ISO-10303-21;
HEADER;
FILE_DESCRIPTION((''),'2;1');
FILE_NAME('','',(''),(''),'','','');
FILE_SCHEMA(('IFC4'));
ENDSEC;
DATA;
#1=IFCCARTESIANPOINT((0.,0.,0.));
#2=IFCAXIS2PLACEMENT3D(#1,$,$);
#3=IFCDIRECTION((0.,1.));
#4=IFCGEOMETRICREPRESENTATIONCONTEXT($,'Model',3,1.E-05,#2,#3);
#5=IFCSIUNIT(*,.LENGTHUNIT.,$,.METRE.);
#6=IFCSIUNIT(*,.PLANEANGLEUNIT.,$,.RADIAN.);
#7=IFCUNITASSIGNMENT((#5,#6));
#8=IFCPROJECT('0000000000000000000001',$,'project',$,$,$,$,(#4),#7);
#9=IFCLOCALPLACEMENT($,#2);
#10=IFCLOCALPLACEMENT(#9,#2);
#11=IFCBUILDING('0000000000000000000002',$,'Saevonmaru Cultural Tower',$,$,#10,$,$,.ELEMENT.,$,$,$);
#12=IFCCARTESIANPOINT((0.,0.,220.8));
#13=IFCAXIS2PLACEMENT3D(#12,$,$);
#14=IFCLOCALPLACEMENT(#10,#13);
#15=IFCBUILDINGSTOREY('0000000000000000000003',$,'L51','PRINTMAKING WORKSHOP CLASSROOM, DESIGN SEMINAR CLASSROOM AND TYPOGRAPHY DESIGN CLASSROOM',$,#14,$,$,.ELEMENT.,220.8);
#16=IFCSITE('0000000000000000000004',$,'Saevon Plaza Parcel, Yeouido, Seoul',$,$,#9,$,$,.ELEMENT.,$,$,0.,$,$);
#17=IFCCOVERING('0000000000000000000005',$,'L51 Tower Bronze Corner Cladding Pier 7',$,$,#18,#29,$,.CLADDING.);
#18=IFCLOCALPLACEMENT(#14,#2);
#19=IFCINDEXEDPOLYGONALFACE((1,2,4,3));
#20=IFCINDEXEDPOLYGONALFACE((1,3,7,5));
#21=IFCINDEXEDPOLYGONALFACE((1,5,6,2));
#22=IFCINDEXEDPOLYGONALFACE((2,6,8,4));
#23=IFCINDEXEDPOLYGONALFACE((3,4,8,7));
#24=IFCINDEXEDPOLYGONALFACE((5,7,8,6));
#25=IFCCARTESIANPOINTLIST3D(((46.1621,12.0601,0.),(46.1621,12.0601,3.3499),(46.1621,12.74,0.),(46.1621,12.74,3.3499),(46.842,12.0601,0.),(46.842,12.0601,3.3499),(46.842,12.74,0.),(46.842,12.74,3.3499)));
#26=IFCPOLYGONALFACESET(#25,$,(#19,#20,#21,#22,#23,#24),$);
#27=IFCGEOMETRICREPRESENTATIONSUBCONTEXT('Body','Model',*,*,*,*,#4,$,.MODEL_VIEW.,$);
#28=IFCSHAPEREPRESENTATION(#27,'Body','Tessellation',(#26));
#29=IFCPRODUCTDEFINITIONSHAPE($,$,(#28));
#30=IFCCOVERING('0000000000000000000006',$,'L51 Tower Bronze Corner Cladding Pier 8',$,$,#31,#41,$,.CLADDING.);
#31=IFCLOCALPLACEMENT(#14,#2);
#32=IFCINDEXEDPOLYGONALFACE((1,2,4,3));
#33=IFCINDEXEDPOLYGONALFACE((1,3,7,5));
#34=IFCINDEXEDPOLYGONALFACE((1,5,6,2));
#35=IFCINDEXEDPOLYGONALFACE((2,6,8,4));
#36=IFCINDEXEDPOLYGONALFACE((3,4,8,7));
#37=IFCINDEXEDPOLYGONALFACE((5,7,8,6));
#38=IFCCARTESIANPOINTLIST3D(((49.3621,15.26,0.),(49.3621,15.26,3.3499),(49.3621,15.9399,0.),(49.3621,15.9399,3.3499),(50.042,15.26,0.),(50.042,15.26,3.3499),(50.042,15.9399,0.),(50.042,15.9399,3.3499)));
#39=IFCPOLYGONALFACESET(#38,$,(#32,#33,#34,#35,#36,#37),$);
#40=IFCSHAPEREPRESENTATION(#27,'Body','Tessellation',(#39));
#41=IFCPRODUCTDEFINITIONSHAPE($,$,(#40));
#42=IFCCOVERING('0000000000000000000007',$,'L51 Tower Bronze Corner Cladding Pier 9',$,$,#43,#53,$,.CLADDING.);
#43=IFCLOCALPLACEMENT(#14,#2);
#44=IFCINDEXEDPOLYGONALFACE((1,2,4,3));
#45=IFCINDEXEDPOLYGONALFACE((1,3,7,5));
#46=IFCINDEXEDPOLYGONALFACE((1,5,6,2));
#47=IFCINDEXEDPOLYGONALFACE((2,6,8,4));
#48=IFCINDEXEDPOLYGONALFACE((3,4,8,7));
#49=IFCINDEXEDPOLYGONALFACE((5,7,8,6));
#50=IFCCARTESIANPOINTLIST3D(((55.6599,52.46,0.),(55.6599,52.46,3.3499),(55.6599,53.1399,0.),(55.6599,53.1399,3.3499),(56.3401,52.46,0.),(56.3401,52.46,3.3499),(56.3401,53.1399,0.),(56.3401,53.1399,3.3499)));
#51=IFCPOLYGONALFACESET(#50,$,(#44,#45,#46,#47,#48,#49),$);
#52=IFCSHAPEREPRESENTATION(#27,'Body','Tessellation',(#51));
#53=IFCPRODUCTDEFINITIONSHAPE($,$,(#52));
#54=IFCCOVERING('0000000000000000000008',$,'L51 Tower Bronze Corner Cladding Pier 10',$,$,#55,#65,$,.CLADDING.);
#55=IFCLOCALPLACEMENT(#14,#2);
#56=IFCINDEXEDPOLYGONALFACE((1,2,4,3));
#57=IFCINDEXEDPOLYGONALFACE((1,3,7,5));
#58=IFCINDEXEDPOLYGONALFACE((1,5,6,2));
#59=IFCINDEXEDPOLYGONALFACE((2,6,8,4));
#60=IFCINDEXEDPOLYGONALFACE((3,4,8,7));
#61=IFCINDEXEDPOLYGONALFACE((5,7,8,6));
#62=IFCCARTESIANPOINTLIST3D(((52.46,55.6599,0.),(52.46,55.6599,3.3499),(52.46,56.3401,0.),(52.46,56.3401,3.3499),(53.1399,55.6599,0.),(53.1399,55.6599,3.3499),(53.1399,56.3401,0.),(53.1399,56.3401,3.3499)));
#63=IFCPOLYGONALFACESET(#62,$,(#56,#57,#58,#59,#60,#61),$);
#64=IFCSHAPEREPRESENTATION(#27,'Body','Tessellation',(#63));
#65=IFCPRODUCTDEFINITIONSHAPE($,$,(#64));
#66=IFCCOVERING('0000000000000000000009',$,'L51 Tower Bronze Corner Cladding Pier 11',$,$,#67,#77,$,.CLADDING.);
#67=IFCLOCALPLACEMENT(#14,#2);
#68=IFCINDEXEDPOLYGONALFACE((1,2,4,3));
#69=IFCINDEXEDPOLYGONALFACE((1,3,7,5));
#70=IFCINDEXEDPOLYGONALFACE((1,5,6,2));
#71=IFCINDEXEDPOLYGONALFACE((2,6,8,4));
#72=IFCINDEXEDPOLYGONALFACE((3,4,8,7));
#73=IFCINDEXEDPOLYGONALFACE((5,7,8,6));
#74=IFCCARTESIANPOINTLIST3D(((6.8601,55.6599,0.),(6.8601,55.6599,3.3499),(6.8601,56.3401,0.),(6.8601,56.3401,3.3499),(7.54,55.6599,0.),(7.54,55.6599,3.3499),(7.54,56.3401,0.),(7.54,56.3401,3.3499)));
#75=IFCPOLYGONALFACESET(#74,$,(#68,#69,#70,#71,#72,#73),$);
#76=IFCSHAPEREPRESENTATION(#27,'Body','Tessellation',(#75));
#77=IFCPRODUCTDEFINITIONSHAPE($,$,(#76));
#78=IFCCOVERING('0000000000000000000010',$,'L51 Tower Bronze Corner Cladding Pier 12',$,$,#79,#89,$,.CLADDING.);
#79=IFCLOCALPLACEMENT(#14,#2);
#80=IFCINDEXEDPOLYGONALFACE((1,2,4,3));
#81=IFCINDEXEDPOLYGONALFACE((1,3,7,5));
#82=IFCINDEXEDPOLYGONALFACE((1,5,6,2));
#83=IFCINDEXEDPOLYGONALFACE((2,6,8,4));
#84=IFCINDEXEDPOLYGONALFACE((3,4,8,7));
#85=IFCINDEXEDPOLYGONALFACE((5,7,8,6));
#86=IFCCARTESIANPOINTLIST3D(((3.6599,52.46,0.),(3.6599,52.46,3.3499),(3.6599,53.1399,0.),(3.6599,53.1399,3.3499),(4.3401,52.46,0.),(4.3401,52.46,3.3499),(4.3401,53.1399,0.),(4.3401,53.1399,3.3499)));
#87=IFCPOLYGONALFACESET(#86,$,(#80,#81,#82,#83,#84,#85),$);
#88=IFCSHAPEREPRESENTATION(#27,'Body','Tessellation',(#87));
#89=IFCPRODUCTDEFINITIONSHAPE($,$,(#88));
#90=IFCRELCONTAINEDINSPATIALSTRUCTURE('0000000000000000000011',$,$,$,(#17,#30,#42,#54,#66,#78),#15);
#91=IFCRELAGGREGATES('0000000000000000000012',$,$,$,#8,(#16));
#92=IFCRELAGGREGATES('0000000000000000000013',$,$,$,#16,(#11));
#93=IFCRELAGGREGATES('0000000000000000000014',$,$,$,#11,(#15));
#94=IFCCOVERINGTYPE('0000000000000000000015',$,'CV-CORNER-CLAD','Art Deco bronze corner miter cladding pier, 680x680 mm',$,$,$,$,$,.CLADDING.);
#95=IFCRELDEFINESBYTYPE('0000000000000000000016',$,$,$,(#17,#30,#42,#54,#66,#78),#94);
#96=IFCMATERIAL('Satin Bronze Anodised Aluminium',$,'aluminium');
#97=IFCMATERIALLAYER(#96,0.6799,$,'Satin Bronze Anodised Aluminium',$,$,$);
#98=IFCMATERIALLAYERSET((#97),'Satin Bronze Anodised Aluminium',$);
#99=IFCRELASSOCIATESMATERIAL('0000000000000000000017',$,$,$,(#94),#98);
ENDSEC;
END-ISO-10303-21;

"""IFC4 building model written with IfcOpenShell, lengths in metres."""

from ifc_helpers import new_model, si_unit, direction, frame, origin, place, context, subcontext, project, spatial, polyline, outline, extrude, material, layer, layer_set, type_object, element, save


model = new_model("IFC4")

# Units and contexts
model_context = context("Model", 3, precision=1e-05, world=origin(), true_north=direction((0.0, 1.0)))
body_context = subcontext(model_context, "Body", "Model", "MODEL_VIEW")
ifc_project = project(units=[si_unit("LENGTHUNIT", "METRE"), si_unit("PLANEANGLEUNIT", "RADIAN")], contexts=[model_context])

# Site, building, storey
site_placement = place(None, origin())
site = spatial("IfcSite", under=ifc_project, at=site_placement, Name="Saevon Plaza Parcel, Yeouido, Seoul", CompositionType="ELEMENT", RefElevation=0.0)
building_placement = place(site_placement, origin())
building = spatial("IfcBuilding", under=site, at=building_placement, Name="Saevonmaru Cultural Tower", CompositionType="ELEMENT")
storey_placement = place(building_placement, frame((0.0, 0.0, 220.8)))
storey = spatial("IfcBuildingStorey", under=building, at=storey_placement, Name="L51", Description="PRINTMAKING WORKSHOP CLASSROOM, DESIGN SEMINAR CLASSROOM AND TYPOGRAPHY DESIGN CLASSROOM", CompositionType="ELEMENT", Elevation=220.8)

# Shared definitions
ifc_material_1 = material(Name="Satin Bronze Anodised Aluminium", Category="aluminium")

# Coverings
ifc_layer_1 = layer(ifc_material_1, 0.6799, Name="Satin Bronze Anodised Aluminium")
ifc_layer_set_1 = layer_set([ifc_layer_1], Name="Satin Bronze Anodised Aluminium")
covering_type = type_object("IfcCoveringType", Name="CV-CORNER-CLAD", Description="Art Deco bronze corner miter cladding pier, 680x680 mm", PredefinedType="CLADDING", material=ifc_layer_set_1)
covering_1_placement = place(storey_placement, origin())
element("IfcCovering", 1, at=covering_1_placement, inside=storey, type_object=covering_type, Name="L51 Tower Bronze Corner Cladding Pier 7", PredefinedType="CLADDING", context=body_context, shape_type="SweptSolid", body=[
    extrude(outline(polyline([(46.1621, 12.0601), (46.842, 12.0601), (46.842, 12.74), (46.1621, 12.74), (46.1621, 12.0601)])), origin(), (0.0, 0.0, 1.0), 3.3499),
])
covering_2_placement = place(storey_placement, origin())
element("IfcCovering", 2, at=covering_2_placement, inside=storey, type_object=covering_type, Name="L51 Tower Bronze Corner Cladding Pier 8", PredefinedType="CLADDING", context=body_context, shape_type="SweptSolid", body=[
    extrude(outline(polyline([(49.3621, 15.26), (50.042, 15.26), (50.042, 15.9399), (49.3621, 15.9399), (49.3621, 15.26)])), origin(), (0.0, 0.0, 1.0), 3.3499),
])
covering_3_placement = place(storey_placement, origin())
element("IfcCovering", 3, at=covering_3_placement, inside=storey, type_object=covering_type, Name="L51 Tower Bronze Corner Cladding Pier 9", PredefinedType="CLADDING", context=body_context, shape_type="SweptSolid", body=[
    extrude(outline(polyline([(55.6599, 52.46), (56.3401, 52.46), (56.3401, 53.1399), (55.6599, 53.1399), (55.6599, 52.46)])), origin(), (0.0, 0.0, 1.0), 3.3499),
])
covering_4_placement = place(storey_placement, origin())
element("IfcCovering", 4, at=covering_4_placement, inside=storey, type_object=covering_type, Name="L51 Tower Bronze Corner Cladding Pier 10", PredefinedType="CLADDING", context=body_context, shape_type="SweptSolid", body=[
    extrude(outline(polyline([(52.46, 55.6599), (53.1399, 55.6599), (53.1399, 56.3401), (52.46, 56.3401), (52.46, 55.6599)])), origin(), (0.0, 0.0, 1.0), 3.3499),
])
covering_5_placement = place(storey_placement, origin())
element("IfcCovering", 5, at=covering_5_placement, inside=storey, type_object=covering_type, Name="L51 Tower Bronze Corner Cladding Pier 11", PredefinedType="CLADDING", context=body_context, shape_type="SweptSolid", body=[
    extrude(outline(polyline([(6.8601, 55.6599), (7.54, 55.6599), (7.54, 56.3401), (6.8601, 56.3401), (6.8601, 55.6599)])), origin(), (0.0, 0.0, 1.0), 3.3499),
])
covering_6_placement = place(storey_placement, origin())
element("IfcCovering", 6, at=covering_6_placement, inside=storey, type_object=covering_type, Name="L51 Tower Bronze Corner Cladding Pier 12", PredefinedType="CLADDING", context=body_context, shape_type="SweptSolid", body=[
    extrude(outline(polyline([(3.6599, 52.46), (4.3401, 52.46), (4.3401, 53.1399), (3.6599, 53.1399), (3.6599, 52.46)])), origin(), (0.0, 0.0, 1.0), 3.3499),
])

save(model, "model.ifc")
